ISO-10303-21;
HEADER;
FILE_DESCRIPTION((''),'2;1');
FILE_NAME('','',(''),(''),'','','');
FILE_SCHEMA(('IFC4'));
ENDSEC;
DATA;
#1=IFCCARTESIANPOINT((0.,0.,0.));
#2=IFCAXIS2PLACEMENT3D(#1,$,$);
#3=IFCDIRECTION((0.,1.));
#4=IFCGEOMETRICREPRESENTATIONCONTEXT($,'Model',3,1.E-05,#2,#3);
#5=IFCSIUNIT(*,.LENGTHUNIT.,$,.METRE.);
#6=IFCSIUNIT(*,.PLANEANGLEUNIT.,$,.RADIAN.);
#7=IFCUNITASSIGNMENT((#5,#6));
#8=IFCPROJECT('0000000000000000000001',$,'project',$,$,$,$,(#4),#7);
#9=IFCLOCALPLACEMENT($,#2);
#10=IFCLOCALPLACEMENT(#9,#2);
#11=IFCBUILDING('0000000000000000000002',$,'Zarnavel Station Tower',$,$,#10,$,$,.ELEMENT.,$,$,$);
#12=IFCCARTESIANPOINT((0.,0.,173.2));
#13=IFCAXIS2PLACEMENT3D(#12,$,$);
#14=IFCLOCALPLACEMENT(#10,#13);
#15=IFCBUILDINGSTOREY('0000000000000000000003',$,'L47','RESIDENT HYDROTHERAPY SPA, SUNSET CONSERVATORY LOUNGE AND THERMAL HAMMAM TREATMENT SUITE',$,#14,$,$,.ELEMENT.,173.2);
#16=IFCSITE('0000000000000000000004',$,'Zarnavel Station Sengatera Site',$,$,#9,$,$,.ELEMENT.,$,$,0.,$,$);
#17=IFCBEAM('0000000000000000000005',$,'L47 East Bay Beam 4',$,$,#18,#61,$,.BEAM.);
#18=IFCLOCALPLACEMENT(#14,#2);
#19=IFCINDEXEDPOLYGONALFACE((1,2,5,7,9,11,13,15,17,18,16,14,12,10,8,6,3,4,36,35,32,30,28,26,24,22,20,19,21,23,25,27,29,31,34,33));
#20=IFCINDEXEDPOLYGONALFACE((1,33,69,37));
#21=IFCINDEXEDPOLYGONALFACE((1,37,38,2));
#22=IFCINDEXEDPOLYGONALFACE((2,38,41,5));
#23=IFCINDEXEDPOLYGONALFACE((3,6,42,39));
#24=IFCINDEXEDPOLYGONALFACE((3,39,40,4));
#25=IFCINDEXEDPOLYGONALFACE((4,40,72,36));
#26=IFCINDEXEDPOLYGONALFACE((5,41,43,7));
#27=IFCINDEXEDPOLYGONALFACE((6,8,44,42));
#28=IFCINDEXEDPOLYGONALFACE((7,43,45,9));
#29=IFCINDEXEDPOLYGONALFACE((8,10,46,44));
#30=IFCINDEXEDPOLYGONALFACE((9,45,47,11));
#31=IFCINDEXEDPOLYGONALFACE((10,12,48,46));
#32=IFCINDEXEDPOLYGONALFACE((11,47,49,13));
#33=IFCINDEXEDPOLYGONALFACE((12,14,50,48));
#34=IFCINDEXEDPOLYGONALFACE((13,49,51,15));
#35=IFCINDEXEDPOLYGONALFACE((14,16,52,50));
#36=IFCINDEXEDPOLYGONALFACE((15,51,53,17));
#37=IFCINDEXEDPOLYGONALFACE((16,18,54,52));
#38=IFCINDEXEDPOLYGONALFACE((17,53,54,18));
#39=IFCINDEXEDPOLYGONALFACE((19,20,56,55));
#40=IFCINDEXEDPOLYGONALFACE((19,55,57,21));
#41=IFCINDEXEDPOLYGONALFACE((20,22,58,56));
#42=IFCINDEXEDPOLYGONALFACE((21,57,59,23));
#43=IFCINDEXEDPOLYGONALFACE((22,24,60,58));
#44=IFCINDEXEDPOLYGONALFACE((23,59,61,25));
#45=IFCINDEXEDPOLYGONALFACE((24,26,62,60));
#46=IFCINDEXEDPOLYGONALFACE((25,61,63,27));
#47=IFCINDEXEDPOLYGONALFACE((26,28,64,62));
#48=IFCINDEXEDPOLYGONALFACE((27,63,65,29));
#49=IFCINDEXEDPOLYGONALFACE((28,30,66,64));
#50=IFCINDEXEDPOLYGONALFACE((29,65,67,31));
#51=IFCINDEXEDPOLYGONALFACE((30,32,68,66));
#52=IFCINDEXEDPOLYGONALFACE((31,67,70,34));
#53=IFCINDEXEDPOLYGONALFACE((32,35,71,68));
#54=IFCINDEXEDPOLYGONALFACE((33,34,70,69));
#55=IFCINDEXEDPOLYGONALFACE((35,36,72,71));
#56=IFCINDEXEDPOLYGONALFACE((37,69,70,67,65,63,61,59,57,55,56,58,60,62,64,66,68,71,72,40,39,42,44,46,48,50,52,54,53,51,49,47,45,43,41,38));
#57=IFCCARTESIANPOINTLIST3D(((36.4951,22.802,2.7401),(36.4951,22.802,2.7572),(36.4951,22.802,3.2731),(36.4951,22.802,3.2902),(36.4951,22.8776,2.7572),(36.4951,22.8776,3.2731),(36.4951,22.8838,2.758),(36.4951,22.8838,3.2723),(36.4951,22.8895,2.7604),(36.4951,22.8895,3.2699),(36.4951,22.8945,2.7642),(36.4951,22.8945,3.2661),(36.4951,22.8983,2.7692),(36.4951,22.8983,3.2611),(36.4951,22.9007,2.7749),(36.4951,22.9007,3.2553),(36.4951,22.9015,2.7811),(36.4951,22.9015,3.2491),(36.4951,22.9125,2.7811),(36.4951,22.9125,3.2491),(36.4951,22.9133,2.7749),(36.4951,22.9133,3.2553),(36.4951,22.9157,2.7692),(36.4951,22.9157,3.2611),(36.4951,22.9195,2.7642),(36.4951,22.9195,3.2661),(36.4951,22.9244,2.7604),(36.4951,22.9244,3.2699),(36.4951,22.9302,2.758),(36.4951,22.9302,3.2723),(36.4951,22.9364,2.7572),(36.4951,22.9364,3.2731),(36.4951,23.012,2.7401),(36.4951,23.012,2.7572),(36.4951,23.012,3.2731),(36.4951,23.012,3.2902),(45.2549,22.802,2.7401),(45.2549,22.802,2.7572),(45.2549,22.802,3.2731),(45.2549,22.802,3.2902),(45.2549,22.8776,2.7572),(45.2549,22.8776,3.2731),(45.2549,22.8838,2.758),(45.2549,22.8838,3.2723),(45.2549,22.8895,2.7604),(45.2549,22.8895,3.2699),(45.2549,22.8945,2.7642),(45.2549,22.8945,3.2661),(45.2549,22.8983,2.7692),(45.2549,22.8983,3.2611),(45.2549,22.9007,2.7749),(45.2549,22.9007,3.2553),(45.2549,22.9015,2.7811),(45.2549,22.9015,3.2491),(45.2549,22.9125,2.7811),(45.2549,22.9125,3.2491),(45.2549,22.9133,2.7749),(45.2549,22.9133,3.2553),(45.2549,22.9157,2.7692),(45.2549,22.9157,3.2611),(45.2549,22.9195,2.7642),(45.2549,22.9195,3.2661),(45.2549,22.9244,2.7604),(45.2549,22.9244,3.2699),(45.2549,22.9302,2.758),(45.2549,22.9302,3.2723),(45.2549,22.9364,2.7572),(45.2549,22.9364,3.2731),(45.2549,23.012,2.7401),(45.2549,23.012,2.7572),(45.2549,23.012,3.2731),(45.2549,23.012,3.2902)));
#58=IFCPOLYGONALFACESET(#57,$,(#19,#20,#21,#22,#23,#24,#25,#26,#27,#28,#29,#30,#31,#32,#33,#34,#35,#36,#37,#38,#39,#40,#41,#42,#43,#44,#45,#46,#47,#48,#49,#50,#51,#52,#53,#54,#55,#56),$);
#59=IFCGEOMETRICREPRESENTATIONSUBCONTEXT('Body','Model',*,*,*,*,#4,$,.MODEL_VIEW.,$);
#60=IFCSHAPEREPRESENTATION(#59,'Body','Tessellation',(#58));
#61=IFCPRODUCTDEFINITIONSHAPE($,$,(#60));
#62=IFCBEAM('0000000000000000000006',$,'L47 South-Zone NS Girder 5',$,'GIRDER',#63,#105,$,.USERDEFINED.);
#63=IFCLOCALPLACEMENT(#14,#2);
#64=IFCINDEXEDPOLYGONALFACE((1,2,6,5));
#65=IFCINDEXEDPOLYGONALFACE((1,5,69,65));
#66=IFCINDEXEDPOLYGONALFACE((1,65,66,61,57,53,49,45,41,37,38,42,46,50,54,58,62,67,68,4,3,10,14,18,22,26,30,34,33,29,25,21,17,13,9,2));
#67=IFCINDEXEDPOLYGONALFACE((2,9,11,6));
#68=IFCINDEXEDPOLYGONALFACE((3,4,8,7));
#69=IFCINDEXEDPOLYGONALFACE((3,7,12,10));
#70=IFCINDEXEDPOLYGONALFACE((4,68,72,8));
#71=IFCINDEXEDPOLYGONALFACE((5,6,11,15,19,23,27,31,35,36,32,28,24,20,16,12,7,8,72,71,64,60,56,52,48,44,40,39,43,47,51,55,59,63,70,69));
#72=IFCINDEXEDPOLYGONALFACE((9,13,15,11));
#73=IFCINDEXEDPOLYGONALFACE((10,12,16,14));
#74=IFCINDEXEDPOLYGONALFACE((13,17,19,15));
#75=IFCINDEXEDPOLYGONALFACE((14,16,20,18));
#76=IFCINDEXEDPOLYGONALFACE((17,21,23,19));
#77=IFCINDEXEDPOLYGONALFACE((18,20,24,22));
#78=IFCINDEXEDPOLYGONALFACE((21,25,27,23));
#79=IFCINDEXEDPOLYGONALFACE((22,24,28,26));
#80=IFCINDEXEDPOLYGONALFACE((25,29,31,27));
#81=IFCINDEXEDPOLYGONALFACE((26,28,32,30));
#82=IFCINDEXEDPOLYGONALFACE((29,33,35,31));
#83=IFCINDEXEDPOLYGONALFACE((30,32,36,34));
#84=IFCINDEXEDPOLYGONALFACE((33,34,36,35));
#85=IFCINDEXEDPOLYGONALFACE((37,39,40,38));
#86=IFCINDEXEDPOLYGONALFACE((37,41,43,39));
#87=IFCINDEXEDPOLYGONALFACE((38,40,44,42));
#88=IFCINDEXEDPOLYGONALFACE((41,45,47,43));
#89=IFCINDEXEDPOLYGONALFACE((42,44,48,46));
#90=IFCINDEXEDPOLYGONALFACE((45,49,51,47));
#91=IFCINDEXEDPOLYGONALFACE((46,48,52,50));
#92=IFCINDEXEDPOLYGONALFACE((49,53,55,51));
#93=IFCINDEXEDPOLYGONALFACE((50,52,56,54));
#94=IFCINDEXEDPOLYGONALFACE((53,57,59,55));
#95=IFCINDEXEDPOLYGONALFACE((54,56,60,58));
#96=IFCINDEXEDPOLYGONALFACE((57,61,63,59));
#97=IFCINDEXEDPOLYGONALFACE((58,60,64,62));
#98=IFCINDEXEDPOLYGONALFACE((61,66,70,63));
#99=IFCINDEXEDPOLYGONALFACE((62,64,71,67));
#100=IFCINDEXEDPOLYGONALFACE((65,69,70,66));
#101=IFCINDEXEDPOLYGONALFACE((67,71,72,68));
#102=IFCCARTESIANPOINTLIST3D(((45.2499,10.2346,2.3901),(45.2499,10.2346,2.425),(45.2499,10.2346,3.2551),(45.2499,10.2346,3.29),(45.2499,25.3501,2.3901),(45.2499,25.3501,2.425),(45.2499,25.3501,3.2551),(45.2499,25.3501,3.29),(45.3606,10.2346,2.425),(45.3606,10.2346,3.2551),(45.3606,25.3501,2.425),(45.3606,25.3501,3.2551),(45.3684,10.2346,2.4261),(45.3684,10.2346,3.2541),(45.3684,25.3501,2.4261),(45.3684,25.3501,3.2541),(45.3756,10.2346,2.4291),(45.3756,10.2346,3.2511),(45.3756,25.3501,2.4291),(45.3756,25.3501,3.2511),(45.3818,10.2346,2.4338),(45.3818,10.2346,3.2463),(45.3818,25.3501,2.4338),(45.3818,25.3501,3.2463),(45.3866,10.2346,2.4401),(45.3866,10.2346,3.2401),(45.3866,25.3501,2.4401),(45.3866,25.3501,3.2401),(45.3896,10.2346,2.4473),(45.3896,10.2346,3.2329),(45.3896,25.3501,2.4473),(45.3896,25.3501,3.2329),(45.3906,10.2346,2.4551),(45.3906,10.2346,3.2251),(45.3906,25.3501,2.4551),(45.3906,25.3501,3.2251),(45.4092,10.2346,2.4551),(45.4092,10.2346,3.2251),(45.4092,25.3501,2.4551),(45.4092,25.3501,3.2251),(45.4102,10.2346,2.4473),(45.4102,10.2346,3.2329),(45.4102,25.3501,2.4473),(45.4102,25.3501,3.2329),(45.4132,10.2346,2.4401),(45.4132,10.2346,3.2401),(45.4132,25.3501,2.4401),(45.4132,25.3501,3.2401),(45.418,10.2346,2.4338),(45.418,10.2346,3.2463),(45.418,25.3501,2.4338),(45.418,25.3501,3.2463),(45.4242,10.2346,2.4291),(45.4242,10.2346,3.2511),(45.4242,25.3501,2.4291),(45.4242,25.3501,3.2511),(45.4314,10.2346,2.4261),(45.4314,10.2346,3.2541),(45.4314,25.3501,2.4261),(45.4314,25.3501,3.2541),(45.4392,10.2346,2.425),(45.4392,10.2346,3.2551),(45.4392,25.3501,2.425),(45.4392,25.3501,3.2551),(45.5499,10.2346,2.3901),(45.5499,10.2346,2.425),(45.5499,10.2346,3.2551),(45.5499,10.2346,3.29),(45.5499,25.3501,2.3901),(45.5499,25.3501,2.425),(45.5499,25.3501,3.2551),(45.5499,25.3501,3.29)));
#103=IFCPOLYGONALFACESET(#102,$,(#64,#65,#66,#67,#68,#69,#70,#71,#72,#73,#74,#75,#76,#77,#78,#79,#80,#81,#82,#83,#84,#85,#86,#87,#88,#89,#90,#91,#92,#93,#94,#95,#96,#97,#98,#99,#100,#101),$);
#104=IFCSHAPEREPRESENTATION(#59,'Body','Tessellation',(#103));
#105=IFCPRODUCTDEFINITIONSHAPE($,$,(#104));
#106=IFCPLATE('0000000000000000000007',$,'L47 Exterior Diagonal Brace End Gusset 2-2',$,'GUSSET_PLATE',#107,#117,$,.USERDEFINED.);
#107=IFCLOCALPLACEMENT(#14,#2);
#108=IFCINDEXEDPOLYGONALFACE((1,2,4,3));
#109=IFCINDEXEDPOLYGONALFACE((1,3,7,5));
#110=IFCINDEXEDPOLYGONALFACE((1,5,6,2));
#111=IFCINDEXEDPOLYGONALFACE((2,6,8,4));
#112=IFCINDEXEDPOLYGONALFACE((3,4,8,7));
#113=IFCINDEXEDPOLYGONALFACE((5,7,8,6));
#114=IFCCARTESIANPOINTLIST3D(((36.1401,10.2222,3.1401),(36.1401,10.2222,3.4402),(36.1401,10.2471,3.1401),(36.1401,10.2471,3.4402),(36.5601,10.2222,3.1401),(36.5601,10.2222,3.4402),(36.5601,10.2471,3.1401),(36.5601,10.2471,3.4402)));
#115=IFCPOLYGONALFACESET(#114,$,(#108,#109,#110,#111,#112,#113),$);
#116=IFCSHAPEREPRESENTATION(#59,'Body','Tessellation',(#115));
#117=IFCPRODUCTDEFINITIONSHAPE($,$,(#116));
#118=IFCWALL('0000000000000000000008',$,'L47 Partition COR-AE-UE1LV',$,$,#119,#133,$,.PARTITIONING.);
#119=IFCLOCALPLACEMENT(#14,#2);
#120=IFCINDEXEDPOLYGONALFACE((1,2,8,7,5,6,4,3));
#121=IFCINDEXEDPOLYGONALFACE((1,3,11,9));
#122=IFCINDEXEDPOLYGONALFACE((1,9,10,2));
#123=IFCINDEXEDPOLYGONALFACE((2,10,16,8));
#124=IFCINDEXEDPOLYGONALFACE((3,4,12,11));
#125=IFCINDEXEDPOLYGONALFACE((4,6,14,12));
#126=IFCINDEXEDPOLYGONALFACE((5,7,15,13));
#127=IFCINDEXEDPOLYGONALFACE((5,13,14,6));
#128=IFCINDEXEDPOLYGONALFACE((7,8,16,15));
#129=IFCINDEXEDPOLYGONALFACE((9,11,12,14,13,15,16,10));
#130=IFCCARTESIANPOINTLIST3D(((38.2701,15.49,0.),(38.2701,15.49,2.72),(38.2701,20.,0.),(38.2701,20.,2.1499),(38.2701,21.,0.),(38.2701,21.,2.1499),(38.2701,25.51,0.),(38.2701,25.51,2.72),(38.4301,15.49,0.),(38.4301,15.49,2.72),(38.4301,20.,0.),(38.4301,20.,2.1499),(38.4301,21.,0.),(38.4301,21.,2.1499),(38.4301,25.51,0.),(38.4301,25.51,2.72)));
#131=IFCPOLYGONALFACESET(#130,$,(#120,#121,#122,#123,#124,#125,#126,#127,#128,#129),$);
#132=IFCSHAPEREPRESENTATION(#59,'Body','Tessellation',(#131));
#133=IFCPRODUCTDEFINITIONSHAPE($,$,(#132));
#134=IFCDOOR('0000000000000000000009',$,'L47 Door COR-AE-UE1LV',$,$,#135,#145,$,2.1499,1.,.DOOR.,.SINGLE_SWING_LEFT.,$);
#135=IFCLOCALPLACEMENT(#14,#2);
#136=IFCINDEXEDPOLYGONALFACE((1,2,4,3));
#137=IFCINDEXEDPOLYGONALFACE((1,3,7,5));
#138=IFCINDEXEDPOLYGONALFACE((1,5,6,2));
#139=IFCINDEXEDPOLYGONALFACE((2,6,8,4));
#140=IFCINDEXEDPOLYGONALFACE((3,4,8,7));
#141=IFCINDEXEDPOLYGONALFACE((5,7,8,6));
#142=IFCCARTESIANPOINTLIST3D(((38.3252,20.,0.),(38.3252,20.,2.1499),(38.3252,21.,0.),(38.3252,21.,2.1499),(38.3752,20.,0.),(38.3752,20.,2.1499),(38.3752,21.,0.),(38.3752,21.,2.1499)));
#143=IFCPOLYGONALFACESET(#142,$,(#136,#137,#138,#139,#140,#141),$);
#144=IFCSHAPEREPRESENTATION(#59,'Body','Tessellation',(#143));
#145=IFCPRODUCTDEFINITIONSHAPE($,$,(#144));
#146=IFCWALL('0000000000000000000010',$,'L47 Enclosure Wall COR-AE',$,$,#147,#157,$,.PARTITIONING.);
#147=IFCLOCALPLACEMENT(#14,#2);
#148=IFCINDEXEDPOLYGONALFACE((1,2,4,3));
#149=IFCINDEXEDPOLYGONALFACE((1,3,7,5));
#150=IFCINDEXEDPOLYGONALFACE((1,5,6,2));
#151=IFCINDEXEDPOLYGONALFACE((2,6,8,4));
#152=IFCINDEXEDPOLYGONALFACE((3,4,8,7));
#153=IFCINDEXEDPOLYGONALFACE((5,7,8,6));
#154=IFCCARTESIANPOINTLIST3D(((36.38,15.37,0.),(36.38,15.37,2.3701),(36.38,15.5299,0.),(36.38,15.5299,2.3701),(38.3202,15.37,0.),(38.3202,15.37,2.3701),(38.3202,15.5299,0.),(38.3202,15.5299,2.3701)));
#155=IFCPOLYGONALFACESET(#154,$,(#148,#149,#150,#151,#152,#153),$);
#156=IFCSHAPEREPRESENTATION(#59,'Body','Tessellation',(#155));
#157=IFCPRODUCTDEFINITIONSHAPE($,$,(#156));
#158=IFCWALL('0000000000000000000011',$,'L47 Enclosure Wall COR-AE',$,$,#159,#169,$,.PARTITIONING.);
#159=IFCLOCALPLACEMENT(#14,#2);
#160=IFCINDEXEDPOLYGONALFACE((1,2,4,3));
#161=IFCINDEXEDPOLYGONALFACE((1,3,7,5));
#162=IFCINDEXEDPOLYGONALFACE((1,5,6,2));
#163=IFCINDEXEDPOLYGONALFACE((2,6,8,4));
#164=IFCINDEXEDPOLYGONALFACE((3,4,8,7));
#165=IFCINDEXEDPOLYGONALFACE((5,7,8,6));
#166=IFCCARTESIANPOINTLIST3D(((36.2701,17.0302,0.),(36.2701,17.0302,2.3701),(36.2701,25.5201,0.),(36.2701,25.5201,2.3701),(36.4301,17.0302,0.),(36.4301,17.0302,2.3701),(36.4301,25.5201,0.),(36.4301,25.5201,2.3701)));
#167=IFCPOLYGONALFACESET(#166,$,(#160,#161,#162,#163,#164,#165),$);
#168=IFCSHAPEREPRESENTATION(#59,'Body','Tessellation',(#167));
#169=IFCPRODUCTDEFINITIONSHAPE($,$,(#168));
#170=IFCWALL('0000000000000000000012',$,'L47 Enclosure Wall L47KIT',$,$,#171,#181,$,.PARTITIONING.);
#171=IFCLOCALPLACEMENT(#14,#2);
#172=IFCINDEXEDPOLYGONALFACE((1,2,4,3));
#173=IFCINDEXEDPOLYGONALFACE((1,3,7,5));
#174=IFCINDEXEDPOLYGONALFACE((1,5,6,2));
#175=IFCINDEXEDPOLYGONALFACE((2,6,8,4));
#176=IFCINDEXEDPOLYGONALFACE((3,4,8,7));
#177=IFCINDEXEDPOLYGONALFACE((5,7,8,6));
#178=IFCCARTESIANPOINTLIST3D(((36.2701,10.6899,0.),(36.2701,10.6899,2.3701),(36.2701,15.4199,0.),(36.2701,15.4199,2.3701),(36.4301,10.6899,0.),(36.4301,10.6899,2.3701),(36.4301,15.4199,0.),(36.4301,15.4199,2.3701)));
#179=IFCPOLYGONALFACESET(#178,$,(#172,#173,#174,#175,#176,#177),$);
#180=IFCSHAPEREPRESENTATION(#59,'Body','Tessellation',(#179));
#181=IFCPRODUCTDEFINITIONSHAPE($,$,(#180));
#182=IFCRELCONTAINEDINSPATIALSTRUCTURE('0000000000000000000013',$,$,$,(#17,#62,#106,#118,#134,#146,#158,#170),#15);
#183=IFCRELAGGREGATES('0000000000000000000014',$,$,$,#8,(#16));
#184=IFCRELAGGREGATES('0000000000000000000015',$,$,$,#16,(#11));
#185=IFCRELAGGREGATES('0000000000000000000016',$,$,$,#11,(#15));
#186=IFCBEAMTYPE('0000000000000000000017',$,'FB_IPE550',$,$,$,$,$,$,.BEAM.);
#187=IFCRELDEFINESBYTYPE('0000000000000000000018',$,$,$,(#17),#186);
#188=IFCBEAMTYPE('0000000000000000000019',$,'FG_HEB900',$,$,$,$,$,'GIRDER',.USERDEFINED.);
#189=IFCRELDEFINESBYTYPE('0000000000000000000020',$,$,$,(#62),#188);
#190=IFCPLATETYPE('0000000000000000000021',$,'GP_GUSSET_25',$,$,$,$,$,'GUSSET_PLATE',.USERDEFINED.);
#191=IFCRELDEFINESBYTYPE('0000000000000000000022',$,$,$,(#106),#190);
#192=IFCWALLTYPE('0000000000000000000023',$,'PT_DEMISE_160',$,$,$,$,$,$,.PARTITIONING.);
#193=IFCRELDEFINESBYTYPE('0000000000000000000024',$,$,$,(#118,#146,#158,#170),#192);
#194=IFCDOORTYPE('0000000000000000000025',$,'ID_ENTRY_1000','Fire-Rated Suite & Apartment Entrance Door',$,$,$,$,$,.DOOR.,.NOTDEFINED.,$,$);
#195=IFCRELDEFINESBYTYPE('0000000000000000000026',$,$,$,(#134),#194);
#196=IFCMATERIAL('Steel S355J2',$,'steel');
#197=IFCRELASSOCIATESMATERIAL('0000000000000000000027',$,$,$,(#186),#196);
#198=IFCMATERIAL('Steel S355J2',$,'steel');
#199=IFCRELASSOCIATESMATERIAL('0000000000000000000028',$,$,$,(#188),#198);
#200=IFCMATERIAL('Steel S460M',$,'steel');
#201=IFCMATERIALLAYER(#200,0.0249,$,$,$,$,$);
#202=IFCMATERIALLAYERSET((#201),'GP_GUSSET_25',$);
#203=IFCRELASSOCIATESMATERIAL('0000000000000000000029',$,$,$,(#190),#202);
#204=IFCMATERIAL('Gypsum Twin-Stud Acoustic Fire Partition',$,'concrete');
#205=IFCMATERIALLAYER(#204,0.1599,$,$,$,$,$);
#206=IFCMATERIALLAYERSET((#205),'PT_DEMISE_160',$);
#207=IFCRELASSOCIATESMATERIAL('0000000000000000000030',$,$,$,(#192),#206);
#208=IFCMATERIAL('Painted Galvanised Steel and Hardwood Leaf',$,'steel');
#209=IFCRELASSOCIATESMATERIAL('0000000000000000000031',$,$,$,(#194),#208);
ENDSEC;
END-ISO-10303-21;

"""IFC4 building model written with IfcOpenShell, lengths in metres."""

from ifc_helpers import new_model, si_unit, direction, frame, frame_2d, origin, origin_2d, place, context, subcontext, project, spatial, rectangle, i_section, extrude, material, layer, layer_set, material_profile, profile_set, type_object, element, fill, save


model = new_model("IFC4")

# Units and contexts
model_context = context("Model", 3, precision=1e-05, world=origin(), true_north=direction((0.0, 1.0)))
body_context = subcontext(model_context, "Body", "Model", "MODEL_VIEW")
ifc_project = project(units=[si_unit("LENGTHUNIT", "METRE"), si_unit("PLANEANGLEUNIT", "RADIAN")], contexts=[model_context])

# Site, building, storey
site_placement = place(None, origin())
site = spatial("IfcSite", under=ifc_project, at=site_placement, Name="Zarnavel Station Sengatera Site", CompositionType="ELEMENT", RefElevation=0.0)
building_placement = place(site_placement, origin())
building = spatial("IfcBuilding", under=site, at=building_placement, Name="Zarnavel Station Tower", CompositionType="ELEMENT")
storey_placement = place(building_placement, frame((0.0, 0.0, 173.2)))
storey = spatial("IfcBuildingStorey", under=building, at=storey_placement, Name="L47", Description="RESIDENT HYDROTHERAPY SPA, SUNSET CONSERVATORY LOUNGE AND THERMAL HAMMAM TREATMENT SUITE", CompositionType="ELEMENT", Elevation=173.2)

# Beams
ifc_material_1 = material(Name="Steel S355J2", Category="steel")
ifc_material_profile_1 = material_profile(ifc_material_1, i_section(OverallWidth=0.21, OverallDepth=0.55, WebThickness=0.011, FlangeThickness=0.0171, FilletRadius=0.0239, at=origin_2d()), Name="IPE550")
ifc_profile_set_1 = profile_set([ifc_material_profile_1], Name="Steel S355J2")
beam_type_1 = type_object("IfcBeamType", Name="FB_IPE550", PredefinedType="BEAM", material=ifc_profile_set_1)
for number, where, z_axis, x_axis, name in (
    (1, (36.4951, 22.907, 3.0151), (1.0, 0.0, 0.0), (0.0, 1.0, 0.0), "L47 East Bay Beam 4"),
):
    element("IfcBeam", number, at=place(storey_placement, frame(where, z_axis=z_axis, x_axis=x_axis)), inside=storey, type_object=beam_type_1, Name=name, PredefinedType="BEAM", context=body_context, shape_type="SweptSolid", body=[
        extrude(i_section(OverallWidth=0.21, OverallDepth=0.55, WebThickness=0.011, FlangeThickness=0.0171, FilletRadius=0.0239, at=origin_2d()), origin(), (0.0, 0.0, 1.0), 8.7598),
    ])
ifc_material_2 = material(Name="Steel S355J2", Category="steel")
ifc_material_profile_2 = material_profile(ifc_material_2, i_section(OverallWidth=0.3, OverallDepth=0.8999, WebThickness=0.0186, FlangeThickness=0.0349, FilletRadius=0.03, at=origin_2d()), Name="HEB900")
ifc_profile_set_2 = profile_set([ifc_material_profile_2], Name="Steel S355J2")
beam_type_2 = type_object("IfcBeamType", Name="FG_HEB900", ElementType="GIRDER", PredefinedType="USERDEFINED", material=ifc_profile_set_2)
beam_placement = place(storey_placement, frame((45.3999, 10.2346, 2.8401), z_axis=(0.0, 1.0, 0.0), x_axis=(-1.0, 0.0, 0.0)))
element("IfcBeam", 2, at=beam_placement, inside=storey, type_object=beam_type_2, Name="L47 South-Zone NS Girder 5", ObjectType="GIRDER", PredefinedType="USERDEFINED", context=body_context, shape_type="SweptSolid", body=[
    extrude(i_section(OverallWidth=0.3, OverallDepth=0.8999, WebThickness=0.0186, FlangeThickness=0.0349, FilletRadius=0.03, at=origin_2d()), origin(), (0.0, 0.0, 1.0), 15.1155),
])

# Plate
ifc_material_3 = material(Name="Steel S460M", Category="steel")
ifc_layer_1 = layer(ifc_material_3, 0.0249)
ifc_layer_set_1 = layer_set([ifc_layer_1], Name="GP_GUSSET_25")
plate_type = type_object("IfcPlateType", Name="GP_GUSSET_25", ElementType="GUSSET_PLATE", PredefinedType="USERDEFINED", material=ifc_layer_set_1)
plate_placement = place(storey_placement, frame((36.3501, 10.2346, 3.1401), z_axis=(0.0, 0.0, 1.0), x_axis=(1.0, 0.0, 0.0)))
element("IfcPlate", 3, at=plate_placement, inside=storey, type_object=plate_type, Name="L47 Exterior Diagonal Brace End Gusset 2-2", ObjectType="GUSSET_PLATE", PredefinedType="USERDEFINED", context=body_context, shape_type="SweptSolid", body=[
    extrude(rectangle(XDim=0.4199, YDim=0.0249, at=origin_2d()), origin(), (0.0, 0.0, 1.0), 0.3),
])

# Wall, opening, door
ifc_material_4 = material(Name="Gypsum Twin-Stud Acoustic Fire Partition", Category="concrete")
ifc_layer_2 = layer(ifc_material_4, 0.1599)
ifc_layer_set_2 = layer_set([ifc_layer_2], Name="PT_DEMISE_160")
wall_type_1 = type_object("IfcWallType", Name="PT_DEMISE_160", PredefinedType="PARTITIONING", material=ifc_layer_set_2)
wall_1_placement = place(storey_placement, frame((38.3501, 15.49, 0.0), z_axis=(0.0, 0.0, 1.0), x_axis=(0.0, 1.0, 0.0)))
wall_1 = element("IfcWall", 4, at=wall_1_placement, inside=storey, type_object=wall_type_1, Name="L47 Partition COR-AE-UE1LV", PredefinedType="PARTITIONING", context=body_context, shape_type="SweptSolid", body=[
    extrude(rectangle(XDim=10.02, YDim=0.1599, at=frame_2d((5.01, 0.0))), origin(), (0.0, 0.0, 1.0), 2.72),
])
opening_1_placement = place(wall_1_placement, frame((4.51, 0.0, 0.0)))
opening_1 = element("IfcOpeningElement", 5, at=opening_1_placement, cuts=wall_1, PredefinedType="OPENING", context=body_context, shape_type="SweptSolid", body=[
    extrude(rectangle(XDim=1.0, YDim=2.1499, at=frame_2d((0.5, 1.075))), frame((0.0, 0.0898, 0.0), z_axis=(0.0, -1.0, 0.0), x_axis=(1.0, 0.0, 0.0)), (0.0, 0.0, 1.0), 0.1799),
])
ifc_material_5 = material(Name="Painted Galvanised Steel and Hardwood Leaf", Category="steel")
door_type_1 = type_object("IfcDoorType", Name="ID_ENTRY_1000", Description="Fire-Rated Suite & Apartment Entrance Door", OperationType="NOTDEFINED", PredefinedType="DOOR", material=ifc_material_5)
door_1_placement = place(opening_1_placement, origin())
door_1 = element("IfcDoor", 6, at=door_1_placement, inside=storey, type_object=door_type_1, Name="L47 Door COR-AE-UE1LV", OperationType="SINGLE_SWING_LEFT", OverallHeight=2.1499, OverallWidth=1.0, PredefinedType="DOOR", context=body_context, shape_type="SweptSolid", body=[
    extrude(rectangle(XDim=1.0, YDim=2.1499, at=frame_2d((0.5, 1.075))), frame((0.0, 0.0249, 0.0), z_axis=(0.0, -1.0, 0.0), x_axis=(1.0, 0.0, 0.0)), (0.0, 0.0, 1.0), 0.05),
])
fill(opening_1, door_1)

# Walls
wall_2_placement = place(storey_placement, frame((36.3799, 15.45, 0.0), z_axis=(0.0, 0.0, 1.0), x_axis=(1.0, 0.0, 0.0)))
element("IfcWall", 7, at=wall_2_placement, inside=storey, type_object=wall_type_1, Name="L47 Enclosure Wall COR-AE", PredefinedType="PARTITIONING", context=body_context, shape_type="SweptSolid", body=[
    extrude(rectangle(XDim=1.9402, YDim=0.1599, at=frame_2d((0.9702, 0.0))), origin(), (0.0, 0.0, 1.0), 2.3701),
])
wall_3_placement = place(storey_placement, frame((36.3501, 17.03, 0.0), z_axis=(0.0, 0.0, 1.0), x_axis=(0.0, 1.0, 0.0)))
element("IfcWall", 8, at=wall_3_placement, inside=storey, type_object=wall_type_1, Name="L47 Enclosure Wall COR-AE", PredefinedType="PARTITIONING", context=body_context, shape_type="SweptSolid", body=[
    extrude(rectangle(XDim=8.49, YDim=0.1599, at=frame_2d((4.2451, 0.0))), origin(), (0.0, 0.0, 1.0), 2.3701),
])
wall_4_placement = place(storey_placement, frame((36.3501, 10.6899, 0.0), z_axis=(0.0, 0.0, 1.0), x_axis=(0.0, 1.0, 0.0)))
element("IfcWall", 9, at=wall_4_placement, inside=storey, type_object=wall_type_1, Name="L47 Enclosure Wall L47KIT", PredefinedType="PARTITIONING", context=body_context, shape_type="SweptSolid", body=[
    extrude(rectangle(XDim=4.73, YDim=0.1599, at=frame_2d((2.365, 0.0))), origin(), (0.0, 0.0, 1.0), 2.3701),
])

save(model, "model.ifc")
